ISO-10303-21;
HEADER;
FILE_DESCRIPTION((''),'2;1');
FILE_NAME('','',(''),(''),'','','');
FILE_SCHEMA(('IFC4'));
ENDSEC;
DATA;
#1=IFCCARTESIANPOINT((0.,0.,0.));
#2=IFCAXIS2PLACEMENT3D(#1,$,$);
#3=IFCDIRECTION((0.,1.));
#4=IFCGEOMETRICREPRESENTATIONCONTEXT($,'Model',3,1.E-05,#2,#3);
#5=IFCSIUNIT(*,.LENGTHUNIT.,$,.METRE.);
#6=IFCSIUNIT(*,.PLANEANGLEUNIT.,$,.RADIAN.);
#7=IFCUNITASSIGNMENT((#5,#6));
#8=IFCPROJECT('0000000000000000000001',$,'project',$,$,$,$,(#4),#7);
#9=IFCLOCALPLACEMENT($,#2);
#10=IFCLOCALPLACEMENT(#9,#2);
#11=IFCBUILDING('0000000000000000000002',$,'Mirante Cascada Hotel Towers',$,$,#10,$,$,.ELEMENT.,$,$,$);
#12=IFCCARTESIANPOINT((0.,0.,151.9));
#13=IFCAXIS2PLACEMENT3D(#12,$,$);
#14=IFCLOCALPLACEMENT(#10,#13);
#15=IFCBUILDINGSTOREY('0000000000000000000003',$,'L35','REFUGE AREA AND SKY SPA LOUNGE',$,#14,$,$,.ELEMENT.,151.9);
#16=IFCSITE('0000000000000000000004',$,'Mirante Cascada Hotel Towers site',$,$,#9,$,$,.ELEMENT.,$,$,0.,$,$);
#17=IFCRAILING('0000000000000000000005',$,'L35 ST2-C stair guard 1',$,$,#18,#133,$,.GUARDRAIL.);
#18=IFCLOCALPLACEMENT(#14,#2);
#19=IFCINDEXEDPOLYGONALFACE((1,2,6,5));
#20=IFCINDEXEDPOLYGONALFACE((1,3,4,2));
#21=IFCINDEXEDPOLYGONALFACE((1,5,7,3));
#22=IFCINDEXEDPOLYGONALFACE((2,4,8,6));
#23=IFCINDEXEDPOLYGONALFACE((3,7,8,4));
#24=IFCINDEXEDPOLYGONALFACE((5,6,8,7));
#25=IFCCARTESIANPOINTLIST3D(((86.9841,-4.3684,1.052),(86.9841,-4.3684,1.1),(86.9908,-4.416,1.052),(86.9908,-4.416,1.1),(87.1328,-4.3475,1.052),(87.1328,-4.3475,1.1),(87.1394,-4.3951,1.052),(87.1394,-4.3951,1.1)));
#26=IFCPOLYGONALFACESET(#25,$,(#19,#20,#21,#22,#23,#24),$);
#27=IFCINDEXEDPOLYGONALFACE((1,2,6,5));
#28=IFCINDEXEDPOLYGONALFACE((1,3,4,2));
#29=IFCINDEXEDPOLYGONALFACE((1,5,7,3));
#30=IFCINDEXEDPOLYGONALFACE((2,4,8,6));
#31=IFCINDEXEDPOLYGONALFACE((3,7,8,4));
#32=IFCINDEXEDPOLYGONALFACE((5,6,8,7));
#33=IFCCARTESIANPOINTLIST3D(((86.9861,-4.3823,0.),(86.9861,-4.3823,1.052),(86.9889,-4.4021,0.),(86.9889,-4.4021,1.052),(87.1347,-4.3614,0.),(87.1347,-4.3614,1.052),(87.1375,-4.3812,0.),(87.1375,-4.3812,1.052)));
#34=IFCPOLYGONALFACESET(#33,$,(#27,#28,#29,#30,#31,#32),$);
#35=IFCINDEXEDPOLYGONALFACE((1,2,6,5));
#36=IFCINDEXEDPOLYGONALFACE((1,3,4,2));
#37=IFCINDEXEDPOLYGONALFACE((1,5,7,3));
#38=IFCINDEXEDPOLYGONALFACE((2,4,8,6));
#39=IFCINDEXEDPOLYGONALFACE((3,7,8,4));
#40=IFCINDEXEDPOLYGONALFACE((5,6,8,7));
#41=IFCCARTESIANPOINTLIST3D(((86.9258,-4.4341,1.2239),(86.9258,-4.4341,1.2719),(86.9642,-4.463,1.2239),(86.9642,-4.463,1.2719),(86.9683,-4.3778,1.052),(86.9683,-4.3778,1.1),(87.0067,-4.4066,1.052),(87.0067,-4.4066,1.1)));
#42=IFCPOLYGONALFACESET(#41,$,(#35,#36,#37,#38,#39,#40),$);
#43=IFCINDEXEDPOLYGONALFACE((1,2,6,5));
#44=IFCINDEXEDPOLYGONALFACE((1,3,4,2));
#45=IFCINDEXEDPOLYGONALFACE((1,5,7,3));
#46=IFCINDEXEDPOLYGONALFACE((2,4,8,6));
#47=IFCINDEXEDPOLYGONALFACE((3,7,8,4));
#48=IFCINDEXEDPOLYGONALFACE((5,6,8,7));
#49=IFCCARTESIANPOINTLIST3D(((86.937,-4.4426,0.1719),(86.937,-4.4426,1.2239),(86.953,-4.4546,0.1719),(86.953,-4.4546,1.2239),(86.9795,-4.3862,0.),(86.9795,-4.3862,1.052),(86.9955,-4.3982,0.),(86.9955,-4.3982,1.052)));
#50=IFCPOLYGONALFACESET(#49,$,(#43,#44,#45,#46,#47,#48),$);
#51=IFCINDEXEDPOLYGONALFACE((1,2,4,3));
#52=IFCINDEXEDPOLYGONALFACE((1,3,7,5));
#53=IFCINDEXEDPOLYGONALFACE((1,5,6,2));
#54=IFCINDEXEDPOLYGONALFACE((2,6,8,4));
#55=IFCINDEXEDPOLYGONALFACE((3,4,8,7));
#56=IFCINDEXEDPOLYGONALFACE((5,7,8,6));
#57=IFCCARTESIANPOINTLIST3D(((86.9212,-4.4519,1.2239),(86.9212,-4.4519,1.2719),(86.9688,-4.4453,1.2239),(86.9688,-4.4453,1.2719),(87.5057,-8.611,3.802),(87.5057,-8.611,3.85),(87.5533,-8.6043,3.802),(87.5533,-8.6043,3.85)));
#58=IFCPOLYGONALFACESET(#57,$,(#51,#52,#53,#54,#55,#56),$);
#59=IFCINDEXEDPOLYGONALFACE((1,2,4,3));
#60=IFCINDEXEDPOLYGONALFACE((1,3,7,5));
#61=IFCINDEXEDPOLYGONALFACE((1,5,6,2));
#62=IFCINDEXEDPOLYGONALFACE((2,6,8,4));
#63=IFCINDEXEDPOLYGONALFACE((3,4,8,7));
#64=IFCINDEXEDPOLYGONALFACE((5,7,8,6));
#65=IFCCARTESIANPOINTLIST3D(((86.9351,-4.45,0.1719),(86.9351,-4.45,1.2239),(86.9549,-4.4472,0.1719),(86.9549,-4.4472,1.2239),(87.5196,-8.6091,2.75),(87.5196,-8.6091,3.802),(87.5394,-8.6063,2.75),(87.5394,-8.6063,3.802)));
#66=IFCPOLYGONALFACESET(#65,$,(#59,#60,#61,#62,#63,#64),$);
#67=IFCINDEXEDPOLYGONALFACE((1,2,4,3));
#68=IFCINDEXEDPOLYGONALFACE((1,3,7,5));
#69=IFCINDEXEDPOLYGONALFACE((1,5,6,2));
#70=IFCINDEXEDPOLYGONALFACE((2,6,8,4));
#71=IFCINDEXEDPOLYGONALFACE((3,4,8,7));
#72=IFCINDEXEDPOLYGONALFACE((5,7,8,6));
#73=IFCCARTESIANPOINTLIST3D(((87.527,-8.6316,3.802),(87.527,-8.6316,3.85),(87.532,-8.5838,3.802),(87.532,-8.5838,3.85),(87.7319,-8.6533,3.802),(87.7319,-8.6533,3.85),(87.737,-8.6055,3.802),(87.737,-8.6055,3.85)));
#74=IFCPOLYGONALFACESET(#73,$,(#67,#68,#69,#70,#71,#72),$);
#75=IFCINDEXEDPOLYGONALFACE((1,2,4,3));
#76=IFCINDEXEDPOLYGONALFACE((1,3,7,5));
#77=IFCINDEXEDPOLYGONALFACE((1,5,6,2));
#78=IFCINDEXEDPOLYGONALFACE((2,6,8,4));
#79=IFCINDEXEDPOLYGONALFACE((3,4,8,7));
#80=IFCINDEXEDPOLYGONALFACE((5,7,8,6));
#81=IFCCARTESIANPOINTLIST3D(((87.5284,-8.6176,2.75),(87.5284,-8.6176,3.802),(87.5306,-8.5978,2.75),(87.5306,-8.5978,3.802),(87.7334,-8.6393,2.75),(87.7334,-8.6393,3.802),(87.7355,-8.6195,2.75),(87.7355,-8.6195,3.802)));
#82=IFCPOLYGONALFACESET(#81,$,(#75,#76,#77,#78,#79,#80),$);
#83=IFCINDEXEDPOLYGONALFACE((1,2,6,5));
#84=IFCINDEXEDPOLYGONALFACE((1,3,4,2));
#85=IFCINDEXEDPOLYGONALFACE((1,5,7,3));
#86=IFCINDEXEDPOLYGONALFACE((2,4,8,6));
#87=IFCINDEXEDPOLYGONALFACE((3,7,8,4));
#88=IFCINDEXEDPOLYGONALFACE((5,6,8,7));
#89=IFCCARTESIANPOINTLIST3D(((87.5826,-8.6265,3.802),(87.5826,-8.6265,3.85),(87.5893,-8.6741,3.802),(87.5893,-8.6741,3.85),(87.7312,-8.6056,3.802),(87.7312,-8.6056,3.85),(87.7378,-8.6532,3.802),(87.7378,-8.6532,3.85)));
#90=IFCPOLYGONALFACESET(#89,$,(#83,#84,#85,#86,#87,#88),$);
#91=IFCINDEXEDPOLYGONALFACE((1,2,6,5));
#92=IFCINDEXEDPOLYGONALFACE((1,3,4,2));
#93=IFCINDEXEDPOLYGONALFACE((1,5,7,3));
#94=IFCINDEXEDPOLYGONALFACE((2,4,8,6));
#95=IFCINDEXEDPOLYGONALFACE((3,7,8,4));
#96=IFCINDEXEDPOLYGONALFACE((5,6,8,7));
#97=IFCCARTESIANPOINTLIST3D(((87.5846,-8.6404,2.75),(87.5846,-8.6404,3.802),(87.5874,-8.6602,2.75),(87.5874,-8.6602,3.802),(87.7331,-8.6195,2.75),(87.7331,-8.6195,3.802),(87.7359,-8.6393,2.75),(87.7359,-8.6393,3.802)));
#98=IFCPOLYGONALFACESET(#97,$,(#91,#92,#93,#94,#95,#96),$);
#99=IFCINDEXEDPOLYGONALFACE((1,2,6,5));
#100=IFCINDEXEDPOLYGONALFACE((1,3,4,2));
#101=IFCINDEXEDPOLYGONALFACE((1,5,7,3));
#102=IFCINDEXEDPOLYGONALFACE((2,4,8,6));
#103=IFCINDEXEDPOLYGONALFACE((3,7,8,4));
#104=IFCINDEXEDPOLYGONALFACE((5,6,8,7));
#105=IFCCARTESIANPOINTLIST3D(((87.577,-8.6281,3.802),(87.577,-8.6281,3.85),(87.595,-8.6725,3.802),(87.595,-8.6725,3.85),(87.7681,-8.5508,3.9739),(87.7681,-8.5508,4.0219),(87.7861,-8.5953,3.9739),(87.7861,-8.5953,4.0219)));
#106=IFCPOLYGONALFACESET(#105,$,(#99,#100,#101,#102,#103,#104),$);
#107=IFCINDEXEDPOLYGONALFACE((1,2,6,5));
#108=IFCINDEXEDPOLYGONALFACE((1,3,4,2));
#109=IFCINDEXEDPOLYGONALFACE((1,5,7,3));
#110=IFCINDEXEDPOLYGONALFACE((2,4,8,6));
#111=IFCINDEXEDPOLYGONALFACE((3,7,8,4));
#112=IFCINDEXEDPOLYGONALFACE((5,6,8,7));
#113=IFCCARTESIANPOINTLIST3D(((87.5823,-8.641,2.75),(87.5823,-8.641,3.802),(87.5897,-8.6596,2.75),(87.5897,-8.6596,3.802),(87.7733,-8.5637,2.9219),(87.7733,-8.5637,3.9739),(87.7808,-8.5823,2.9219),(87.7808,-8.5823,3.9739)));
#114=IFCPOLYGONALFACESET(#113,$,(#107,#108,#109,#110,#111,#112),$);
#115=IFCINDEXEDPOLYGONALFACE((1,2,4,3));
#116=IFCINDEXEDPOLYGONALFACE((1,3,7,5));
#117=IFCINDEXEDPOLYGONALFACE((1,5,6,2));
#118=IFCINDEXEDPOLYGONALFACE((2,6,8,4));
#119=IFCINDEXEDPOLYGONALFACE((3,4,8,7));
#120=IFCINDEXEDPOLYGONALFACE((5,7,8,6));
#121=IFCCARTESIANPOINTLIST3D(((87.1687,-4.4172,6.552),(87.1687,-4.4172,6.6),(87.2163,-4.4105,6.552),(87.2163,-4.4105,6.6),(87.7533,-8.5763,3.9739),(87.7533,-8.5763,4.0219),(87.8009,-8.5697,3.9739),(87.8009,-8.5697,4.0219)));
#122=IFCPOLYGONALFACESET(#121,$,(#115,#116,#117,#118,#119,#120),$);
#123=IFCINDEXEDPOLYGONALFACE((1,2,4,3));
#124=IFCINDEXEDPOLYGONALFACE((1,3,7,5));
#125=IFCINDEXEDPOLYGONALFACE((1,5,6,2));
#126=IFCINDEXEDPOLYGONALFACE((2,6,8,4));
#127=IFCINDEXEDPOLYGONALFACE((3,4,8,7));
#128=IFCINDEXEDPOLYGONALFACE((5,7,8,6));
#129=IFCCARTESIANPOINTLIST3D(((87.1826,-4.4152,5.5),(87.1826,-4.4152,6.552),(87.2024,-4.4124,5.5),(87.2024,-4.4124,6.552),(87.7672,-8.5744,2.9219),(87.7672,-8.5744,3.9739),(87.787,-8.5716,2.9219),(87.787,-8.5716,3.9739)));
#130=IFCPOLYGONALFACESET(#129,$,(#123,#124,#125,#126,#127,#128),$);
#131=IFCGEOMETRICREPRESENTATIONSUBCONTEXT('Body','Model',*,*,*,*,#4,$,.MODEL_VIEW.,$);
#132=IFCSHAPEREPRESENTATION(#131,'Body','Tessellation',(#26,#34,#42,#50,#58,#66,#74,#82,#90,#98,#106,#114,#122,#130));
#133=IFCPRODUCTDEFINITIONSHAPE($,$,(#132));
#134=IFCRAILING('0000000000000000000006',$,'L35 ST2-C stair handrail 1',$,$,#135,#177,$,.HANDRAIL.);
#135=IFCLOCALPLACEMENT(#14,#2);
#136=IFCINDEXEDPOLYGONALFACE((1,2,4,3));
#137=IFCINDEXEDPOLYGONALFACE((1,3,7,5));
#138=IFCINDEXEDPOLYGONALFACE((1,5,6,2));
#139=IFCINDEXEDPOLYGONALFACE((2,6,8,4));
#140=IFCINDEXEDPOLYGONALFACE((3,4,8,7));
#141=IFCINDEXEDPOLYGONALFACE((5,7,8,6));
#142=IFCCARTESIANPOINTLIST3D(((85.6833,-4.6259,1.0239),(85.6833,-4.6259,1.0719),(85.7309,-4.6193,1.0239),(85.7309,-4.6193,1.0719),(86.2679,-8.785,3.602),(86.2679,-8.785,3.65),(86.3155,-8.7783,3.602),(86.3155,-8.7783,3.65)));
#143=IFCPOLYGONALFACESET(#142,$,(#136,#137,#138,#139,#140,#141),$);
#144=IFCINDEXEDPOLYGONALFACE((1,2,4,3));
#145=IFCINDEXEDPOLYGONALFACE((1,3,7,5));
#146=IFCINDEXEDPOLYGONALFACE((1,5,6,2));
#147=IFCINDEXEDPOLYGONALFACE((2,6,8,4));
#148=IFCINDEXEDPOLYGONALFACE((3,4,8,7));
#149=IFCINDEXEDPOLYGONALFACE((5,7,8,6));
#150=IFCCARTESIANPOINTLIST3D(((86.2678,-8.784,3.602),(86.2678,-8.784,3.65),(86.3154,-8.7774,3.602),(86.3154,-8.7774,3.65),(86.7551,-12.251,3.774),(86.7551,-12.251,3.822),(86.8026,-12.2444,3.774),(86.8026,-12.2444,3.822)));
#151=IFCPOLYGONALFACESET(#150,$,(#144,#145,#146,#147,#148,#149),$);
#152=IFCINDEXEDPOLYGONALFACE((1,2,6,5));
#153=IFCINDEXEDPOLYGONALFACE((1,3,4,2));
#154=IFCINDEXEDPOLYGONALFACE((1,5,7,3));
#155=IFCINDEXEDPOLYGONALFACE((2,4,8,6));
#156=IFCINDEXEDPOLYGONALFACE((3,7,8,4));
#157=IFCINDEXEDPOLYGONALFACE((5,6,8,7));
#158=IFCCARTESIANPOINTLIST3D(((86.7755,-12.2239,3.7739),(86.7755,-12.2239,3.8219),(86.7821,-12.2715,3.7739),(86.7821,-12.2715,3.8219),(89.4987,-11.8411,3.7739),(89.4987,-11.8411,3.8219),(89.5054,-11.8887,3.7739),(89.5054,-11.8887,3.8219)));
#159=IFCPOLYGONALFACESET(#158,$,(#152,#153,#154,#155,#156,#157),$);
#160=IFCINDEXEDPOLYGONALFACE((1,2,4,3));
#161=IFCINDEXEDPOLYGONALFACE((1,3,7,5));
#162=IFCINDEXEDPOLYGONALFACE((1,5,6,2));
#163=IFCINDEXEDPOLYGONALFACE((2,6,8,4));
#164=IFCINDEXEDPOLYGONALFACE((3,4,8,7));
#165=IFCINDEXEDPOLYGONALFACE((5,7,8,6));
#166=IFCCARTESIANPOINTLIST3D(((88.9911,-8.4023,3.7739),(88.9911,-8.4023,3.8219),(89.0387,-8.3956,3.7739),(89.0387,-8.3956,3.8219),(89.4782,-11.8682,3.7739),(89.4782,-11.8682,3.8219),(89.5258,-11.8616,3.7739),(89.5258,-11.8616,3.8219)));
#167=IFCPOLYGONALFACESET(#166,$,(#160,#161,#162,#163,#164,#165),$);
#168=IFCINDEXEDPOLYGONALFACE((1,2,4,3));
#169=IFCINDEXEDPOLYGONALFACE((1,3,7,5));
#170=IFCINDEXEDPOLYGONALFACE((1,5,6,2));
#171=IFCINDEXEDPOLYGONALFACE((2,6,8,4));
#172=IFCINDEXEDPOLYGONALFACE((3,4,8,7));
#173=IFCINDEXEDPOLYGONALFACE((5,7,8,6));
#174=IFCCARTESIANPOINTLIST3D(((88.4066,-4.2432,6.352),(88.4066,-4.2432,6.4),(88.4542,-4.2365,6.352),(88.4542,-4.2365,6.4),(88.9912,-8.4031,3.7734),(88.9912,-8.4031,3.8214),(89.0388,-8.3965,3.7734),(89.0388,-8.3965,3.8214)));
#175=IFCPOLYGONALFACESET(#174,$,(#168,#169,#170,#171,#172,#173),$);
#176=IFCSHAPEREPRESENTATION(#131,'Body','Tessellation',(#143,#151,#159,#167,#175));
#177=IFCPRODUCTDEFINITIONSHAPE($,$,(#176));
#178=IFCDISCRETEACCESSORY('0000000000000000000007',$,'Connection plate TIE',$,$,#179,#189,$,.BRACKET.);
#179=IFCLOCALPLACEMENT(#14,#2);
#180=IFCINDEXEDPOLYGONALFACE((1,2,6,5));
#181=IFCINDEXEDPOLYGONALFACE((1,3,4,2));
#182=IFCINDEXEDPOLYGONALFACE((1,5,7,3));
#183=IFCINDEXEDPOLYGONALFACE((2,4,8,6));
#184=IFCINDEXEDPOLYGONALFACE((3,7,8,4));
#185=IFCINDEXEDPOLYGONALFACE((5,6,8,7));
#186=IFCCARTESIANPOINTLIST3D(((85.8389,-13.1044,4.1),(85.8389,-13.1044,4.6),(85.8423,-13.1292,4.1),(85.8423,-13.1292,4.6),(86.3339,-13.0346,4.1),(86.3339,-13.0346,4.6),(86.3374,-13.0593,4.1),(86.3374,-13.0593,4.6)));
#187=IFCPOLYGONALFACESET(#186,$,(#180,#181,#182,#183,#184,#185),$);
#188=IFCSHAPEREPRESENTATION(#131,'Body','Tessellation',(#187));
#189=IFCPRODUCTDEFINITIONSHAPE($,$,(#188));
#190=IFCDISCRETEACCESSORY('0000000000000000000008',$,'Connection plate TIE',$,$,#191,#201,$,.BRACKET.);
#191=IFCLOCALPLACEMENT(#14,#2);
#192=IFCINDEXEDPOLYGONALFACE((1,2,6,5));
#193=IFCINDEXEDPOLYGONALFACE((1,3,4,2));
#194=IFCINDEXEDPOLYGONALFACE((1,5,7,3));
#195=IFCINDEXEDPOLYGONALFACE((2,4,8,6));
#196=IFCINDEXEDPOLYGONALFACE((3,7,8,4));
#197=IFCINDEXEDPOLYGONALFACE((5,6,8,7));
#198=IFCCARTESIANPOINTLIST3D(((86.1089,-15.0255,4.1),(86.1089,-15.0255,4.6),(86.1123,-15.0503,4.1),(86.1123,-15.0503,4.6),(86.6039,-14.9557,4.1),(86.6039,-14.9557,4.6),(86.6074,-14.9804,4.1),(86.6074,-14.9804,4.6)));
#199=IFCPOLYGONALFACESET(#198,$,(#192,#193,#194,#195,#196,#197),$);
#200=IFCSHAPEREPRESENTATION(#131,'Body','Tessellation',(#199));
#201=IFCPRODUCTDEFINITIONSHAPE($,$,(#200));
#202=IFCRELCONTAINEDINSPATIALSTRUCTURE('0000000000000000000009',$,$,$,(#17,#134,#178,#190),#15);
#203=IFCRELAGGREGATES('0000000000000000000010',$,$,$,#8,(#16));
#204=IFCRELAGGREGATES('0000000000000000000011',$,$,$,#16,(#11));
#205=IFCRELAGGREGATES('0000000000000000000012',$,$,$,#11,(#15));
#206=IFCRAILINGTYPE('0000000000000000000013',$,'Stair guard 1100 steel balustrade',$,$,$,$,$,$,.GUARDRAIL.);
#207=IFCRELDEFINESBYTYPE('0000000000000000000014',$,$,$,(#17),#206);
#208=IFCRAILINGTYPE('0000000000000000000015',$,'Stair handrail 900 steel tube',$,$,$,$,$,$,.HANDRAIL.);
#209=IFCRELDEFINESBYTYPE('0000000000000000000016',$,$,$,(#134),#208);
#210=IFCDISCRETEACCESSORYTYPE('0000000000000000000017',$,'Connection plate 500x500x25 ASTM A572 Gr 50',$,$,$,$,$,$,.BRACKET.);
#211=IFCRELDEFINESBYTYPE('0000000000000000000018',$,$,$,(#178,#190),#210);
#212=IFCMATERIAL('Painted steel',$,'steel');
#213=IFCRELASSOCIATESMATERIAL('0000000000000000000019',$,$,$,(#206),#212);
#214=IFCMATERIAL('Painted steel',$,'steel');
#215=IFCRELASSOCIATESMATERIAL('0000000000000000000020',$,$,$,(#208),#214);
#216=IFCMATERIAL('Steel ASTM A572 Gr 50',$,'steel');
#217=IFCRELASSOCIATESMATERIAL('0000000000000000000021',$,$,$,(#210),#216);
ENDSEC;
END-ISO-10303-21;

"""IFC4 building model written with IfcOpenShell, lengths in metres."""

from ifc_helpers import new_model, si_unit, direction, frame, origin, origin_2d, place, context, subcontext, project, spatial, rectangle, extrude, material, material_profile, profile_set, type_object, element, save


model = new_model("IFC4")

# Units and contexts
model_context = context("Model", 3, precision=1e-05, world=origin(), true_north=direction((0.0, 1.0)))
body_context = subcontext(model_context, "Body", "Model", "MODEL_VIEW")
ifc_project = project(units=[si_unit("LENGTHUNIT", "METRE"), si_unit("PLANEANGLEUNIT", "RADIAN")], contexts=[model_context])

# Site, building, storey
site_placement = place(None, origin())
site = spatial("IfcSite", under=ifc_project, at=site_placement, Name="Mirante Cascada Hotel Towers site", CompositionType="ELEMENT", RefElevation=0.0)
building_placement = place(site_placement, origin())
building = spatial("IfcBuilding", under=site, at=building_placement, Name="Mirante Cascada Hotel Towers", CompositionType="ELEMENT")
storey_placement = place(building_placement, frame((0.0, 0.0, 151.9)))
storey = spatial("IfcBuildingStorey", under=building, at=storey_placement, Name="L35", Description="REFUGE AREA AND SKY SPA LOUNGE", CompositionType="ELEMENT", Elevation=151.9)

# Railings
ifc_material_1 = material(Name="Painted steel", Category="steel")
railing_type_1 = type_object("IfcRailingType", Name="Stair guard 1100 steel balustrade", PredefinedType="GUARDRAIL", material=ifc_material_1)
railing_1_placement = place(storey_placement, frame((87.1361, -4.3713, 0.0)))
element("IfcRailing", 1, at=railing_1_placement, inside=storey, type_object=railing_type_1, Name="L35 ST2-C stair guard 1", PredefinedType="GUARDRAIL", context=body_context, shape_type="SweptSolid", body=[
    extrude(rectangle(XDim=0.048, YDim=0.048, at=origin_2d()), frame((0.0, 0.0, 1.076), z_axis=(-0.990254, -0.139275, 0.0), x_axis=(0.139275, -0.990254, 0.0)), (0.0, 0.0, 1.0), 0.1501),
    extrude(rectangle(XDim=0.02, YDim=1.052, at=origin_2d()), frame((0.0, 0.0, 0.526), z_axis=(-0.990254, -0.139275, 0.0), x_axis=(0.139275, -0.990254, 0.0)), (0.0, 0.0, 1.0), 0.1501),
    extrude(rectangle(XDim=0.048, YDim=0.048, at=origin_2d()), frame((-0.1486, -0.0209, 1.076), z_axis=(-0.601811, -0.798639, 0.0), x_axis=(0.798639, -0.601811, 0.0)), (0.0, 0.924985, 0.380004), 0.1858),
    extrude(rectangle(XDim=0.02, YDim=1.052, at=origin_2d()), frame((-0.1486, -0.0209, 0.526), z_axis=(-0.601811, -0.798639, 0.0), x_axis=(0.798639, -0.601811, 0.0)), (0.0, 0.924985, 0.380004), 0.1858),
    extrude(rectangle(XDim=0.048, YDim=0.048, at=origin_2d()), frame((-0.1911, -0.0773, 1.2479), z_axis=(0.139168, -0.990269, 0.0), x_axis=(0.990269, 0.139168, 0.0)), (0.0, 0.523141, 0.852246), 4.9281),
    extrude(rectangle(XDim=0.02, YDim=1.052, at=origin_2d()), frame((-0.1911, -0.0773, 0.6979), z_axis=(0.139168, -0.990269, 0.0), x_axis=(0.990269, 0.139168, 0.0)), (0.0, 0.523141, 0.852246), 4.9281),
    extrude(rectangle(XDim=0.048, YDim=0.048, at=origin_2d()), frame((0.3934, -4.2364, 3.826), z_axis=(0.994444, -0.105266, 0.0), x_axis=(0.105266, 0.994444, 0.0)), (0.0, 0.0, 1.0), 0.2061),
    extrude(rectangle(XDim=0.02, YDim=1.052, at=origin_2d()), frame((0.3934, -4.2364, 3.276), z_axis=(0.994444, -0.105266, 0.0), x_axis=(0.105266, 0.994444, 0.0)), (0.0, 0.0, 1.0), 0.2061),
    extrude(rectangle(XDim=0.048, YDim=0.048, at=origin_2d()), frame((0.5984, -4.2581, 3.826), z_axis=(-0.990241, -0.139367, 0.0), x_axis=(0.139367, -0.990241, 0.0)), (0.0, 0.0, 1.0), 0.15),
    extrude(rectangle(XDim=0.02, YDim=1.052, at=origin_2d()), frame((0.5984, -4.2581, 3.276), z_axis=(-0.990241, -0.139367, 0.0), x_axis=(0.139367, -0.990241, 0.0)), (0.0, 0.0, 1.0), 0.15),
    extrude(rectangle(XDim=0.048, YDim=0.048, at=origin_2d()), frame((0.4499, -4.279, 3.826), z_axis=(0.927031, 0.374984, 0.0), x_axis=(-0.374984, 0.927031, 0.0)), (0.0, 0.640437, 0.76801), 0.2684),
    extrude(rectangle(XDim=0.02, YDim=1.052, at=origin_2d()), frame((0.4499, -4.279, 3.276), z_axis=(0.927031, 0.374984, 0.0), x_axis=(-0.374984, 0.927031, 0.0)), (0.0, 0.640437, 0.76801), 0.2684),
    extrude(rectangle(XDim=0.048, YDim=0.048, at=origin_2d()), frame((0.641, -4.2017, 3.9979), z_axis=(-0.139188, 0.990266, 0.0), x_axis=(-0.990266, -0.139188, 0.0)), (0.0, 0.523131, 0.852252), 4.9282),
    extrude(rectangle(XDim=0.02, YDim=1.052, at=origin_2d()), frame((0.641, -4.2017, 3.4479), z_axis=(-0.139188, 0.990266, 0.0), x_axis=(-0.990266, -0.139188, 0.0)), (0.0, 0.523131, 0.852252), 4.9282),
])
ifc_material_2 = material(Name="Painted steel", Category="steel")
railing_type_2 = type_object("IfcRailingType", Name="Stair handrail 900 steel tube", PredefinedType="HANDRAIL", material=ifc_material_2)
railing_2_placement = place(storey_placement, frame((85.7071, -4.6226, 0.1719)))
element("IfcRailing", 2, at=railing_2_placement, inside=storey, type_object=railing_type_2, Name="L35 ST2-C stair handrail 1", PredefinedType="HANDRAIL", context=body_context, shape_type="SweptSolid", body=[
    extrude(rectangle(XDim=0.048, YDim=0.048, at=origin_2d()), frame((0.0, 0.0, 0.876), z_axis=(0.139191, -0.990266, 0.0), x_axis=(0.990266, 0.139191, 0.0)), (0.0, 0.52314, 0.852247), 4.9281),
    extrude(rectangle(XDim=0.048, YDim=0.048, at=origin_2d()), frame((0.5845, -4.1581, 3.4541), z_axis=(0.139169, -0.990269, 0.0), x_axis=(0.990269, 0.139169, 0.0)), (0.0, 0.049054, 0.998796), 3.5053),
    extrude(rectangle(XDim=0.048, YDim=0.048, at=origin_2d()), frame((1.0717, -7.6251, 3.626), z_axis=(0.990264, 0.139201, 0.0), x_axis=(-0.139201, 0.990264, 0.0)), (0.0, 0.0, 1.0), 2.75),
    extrude(rectangle(XDim=0.048, YDim=0.048, at=origin_2d()), frame((3.7949, -7.2423, 3.626), z_axis=(-0.139173, 0.990268, 0.0), x_axis=(-0.990268, -0.139173, 0.0)), (0.0, 0.0, 1.0), 3.5),
    extrude(rectangle(XDim=0.048, YDim=0.048, at=origin_2d()), frame((3.3079, -3.7772, 3.6255), z_axis=(-0.139168, 0.990269, 0.0), x_axis=(-0.990269, -0.139168, 0.0)), (0.0, 0.523141, 0.852246), 4.9291),
])

# Discrete accessories
ifc_material_3 = material(Name="Steel ASTM A572 Gr 50", Category="steel")
ifc_material_profile_1 = material_profile(ifc_material_3, rectangle(XDim=0.5, YDim=0.5, at=origin_2d()), Name="Connection plate 500x500x25 ASTM A572 Gr 50")
ifc_profile_set_1 = profile_set([ifc_material_profile_1], Name="Steel ASTM A572 Gr 50")
discrete_accessory_type_1 = type_object("IfcDiscreteAccessoryType", Name="Connection plate 500x500x25 ASTM A572 Gr 50", PredefinedType="BRACKET", material=ifc_profile_set_1)
for number, where, z_axis, x_axis, name in (
    (3, (86.0864, -13.0695, 4.35), (0.139744, -0.990188, 0.0), (0.990188, 0.139744, 0.0), "Connection plate TIE"),
    (4, (86.3564, -14.9906, 4.35), (0.139744, -0.990188, 0.0), (0.990188, 0.139744, 0.0), "Connection plate TIE"),
):
    element("IfcDiscreteAccessory", number, at=place(storey_placement, frame(where, z_axis=z_axis, x_axis=x_axis)), inside=storey, type_object=discrete_accessory_type_1, Name=name, PredefinedType="BRACKET", context=body_context, shape_type="SweptSolid", body=[
        extrude(rectangle(XDim=0.5, YDim=0.5, at=origin_2d()), origin(), (0.0, 0.0, 1.0), 0.025),
    ])

save(model, "model.ifc")
